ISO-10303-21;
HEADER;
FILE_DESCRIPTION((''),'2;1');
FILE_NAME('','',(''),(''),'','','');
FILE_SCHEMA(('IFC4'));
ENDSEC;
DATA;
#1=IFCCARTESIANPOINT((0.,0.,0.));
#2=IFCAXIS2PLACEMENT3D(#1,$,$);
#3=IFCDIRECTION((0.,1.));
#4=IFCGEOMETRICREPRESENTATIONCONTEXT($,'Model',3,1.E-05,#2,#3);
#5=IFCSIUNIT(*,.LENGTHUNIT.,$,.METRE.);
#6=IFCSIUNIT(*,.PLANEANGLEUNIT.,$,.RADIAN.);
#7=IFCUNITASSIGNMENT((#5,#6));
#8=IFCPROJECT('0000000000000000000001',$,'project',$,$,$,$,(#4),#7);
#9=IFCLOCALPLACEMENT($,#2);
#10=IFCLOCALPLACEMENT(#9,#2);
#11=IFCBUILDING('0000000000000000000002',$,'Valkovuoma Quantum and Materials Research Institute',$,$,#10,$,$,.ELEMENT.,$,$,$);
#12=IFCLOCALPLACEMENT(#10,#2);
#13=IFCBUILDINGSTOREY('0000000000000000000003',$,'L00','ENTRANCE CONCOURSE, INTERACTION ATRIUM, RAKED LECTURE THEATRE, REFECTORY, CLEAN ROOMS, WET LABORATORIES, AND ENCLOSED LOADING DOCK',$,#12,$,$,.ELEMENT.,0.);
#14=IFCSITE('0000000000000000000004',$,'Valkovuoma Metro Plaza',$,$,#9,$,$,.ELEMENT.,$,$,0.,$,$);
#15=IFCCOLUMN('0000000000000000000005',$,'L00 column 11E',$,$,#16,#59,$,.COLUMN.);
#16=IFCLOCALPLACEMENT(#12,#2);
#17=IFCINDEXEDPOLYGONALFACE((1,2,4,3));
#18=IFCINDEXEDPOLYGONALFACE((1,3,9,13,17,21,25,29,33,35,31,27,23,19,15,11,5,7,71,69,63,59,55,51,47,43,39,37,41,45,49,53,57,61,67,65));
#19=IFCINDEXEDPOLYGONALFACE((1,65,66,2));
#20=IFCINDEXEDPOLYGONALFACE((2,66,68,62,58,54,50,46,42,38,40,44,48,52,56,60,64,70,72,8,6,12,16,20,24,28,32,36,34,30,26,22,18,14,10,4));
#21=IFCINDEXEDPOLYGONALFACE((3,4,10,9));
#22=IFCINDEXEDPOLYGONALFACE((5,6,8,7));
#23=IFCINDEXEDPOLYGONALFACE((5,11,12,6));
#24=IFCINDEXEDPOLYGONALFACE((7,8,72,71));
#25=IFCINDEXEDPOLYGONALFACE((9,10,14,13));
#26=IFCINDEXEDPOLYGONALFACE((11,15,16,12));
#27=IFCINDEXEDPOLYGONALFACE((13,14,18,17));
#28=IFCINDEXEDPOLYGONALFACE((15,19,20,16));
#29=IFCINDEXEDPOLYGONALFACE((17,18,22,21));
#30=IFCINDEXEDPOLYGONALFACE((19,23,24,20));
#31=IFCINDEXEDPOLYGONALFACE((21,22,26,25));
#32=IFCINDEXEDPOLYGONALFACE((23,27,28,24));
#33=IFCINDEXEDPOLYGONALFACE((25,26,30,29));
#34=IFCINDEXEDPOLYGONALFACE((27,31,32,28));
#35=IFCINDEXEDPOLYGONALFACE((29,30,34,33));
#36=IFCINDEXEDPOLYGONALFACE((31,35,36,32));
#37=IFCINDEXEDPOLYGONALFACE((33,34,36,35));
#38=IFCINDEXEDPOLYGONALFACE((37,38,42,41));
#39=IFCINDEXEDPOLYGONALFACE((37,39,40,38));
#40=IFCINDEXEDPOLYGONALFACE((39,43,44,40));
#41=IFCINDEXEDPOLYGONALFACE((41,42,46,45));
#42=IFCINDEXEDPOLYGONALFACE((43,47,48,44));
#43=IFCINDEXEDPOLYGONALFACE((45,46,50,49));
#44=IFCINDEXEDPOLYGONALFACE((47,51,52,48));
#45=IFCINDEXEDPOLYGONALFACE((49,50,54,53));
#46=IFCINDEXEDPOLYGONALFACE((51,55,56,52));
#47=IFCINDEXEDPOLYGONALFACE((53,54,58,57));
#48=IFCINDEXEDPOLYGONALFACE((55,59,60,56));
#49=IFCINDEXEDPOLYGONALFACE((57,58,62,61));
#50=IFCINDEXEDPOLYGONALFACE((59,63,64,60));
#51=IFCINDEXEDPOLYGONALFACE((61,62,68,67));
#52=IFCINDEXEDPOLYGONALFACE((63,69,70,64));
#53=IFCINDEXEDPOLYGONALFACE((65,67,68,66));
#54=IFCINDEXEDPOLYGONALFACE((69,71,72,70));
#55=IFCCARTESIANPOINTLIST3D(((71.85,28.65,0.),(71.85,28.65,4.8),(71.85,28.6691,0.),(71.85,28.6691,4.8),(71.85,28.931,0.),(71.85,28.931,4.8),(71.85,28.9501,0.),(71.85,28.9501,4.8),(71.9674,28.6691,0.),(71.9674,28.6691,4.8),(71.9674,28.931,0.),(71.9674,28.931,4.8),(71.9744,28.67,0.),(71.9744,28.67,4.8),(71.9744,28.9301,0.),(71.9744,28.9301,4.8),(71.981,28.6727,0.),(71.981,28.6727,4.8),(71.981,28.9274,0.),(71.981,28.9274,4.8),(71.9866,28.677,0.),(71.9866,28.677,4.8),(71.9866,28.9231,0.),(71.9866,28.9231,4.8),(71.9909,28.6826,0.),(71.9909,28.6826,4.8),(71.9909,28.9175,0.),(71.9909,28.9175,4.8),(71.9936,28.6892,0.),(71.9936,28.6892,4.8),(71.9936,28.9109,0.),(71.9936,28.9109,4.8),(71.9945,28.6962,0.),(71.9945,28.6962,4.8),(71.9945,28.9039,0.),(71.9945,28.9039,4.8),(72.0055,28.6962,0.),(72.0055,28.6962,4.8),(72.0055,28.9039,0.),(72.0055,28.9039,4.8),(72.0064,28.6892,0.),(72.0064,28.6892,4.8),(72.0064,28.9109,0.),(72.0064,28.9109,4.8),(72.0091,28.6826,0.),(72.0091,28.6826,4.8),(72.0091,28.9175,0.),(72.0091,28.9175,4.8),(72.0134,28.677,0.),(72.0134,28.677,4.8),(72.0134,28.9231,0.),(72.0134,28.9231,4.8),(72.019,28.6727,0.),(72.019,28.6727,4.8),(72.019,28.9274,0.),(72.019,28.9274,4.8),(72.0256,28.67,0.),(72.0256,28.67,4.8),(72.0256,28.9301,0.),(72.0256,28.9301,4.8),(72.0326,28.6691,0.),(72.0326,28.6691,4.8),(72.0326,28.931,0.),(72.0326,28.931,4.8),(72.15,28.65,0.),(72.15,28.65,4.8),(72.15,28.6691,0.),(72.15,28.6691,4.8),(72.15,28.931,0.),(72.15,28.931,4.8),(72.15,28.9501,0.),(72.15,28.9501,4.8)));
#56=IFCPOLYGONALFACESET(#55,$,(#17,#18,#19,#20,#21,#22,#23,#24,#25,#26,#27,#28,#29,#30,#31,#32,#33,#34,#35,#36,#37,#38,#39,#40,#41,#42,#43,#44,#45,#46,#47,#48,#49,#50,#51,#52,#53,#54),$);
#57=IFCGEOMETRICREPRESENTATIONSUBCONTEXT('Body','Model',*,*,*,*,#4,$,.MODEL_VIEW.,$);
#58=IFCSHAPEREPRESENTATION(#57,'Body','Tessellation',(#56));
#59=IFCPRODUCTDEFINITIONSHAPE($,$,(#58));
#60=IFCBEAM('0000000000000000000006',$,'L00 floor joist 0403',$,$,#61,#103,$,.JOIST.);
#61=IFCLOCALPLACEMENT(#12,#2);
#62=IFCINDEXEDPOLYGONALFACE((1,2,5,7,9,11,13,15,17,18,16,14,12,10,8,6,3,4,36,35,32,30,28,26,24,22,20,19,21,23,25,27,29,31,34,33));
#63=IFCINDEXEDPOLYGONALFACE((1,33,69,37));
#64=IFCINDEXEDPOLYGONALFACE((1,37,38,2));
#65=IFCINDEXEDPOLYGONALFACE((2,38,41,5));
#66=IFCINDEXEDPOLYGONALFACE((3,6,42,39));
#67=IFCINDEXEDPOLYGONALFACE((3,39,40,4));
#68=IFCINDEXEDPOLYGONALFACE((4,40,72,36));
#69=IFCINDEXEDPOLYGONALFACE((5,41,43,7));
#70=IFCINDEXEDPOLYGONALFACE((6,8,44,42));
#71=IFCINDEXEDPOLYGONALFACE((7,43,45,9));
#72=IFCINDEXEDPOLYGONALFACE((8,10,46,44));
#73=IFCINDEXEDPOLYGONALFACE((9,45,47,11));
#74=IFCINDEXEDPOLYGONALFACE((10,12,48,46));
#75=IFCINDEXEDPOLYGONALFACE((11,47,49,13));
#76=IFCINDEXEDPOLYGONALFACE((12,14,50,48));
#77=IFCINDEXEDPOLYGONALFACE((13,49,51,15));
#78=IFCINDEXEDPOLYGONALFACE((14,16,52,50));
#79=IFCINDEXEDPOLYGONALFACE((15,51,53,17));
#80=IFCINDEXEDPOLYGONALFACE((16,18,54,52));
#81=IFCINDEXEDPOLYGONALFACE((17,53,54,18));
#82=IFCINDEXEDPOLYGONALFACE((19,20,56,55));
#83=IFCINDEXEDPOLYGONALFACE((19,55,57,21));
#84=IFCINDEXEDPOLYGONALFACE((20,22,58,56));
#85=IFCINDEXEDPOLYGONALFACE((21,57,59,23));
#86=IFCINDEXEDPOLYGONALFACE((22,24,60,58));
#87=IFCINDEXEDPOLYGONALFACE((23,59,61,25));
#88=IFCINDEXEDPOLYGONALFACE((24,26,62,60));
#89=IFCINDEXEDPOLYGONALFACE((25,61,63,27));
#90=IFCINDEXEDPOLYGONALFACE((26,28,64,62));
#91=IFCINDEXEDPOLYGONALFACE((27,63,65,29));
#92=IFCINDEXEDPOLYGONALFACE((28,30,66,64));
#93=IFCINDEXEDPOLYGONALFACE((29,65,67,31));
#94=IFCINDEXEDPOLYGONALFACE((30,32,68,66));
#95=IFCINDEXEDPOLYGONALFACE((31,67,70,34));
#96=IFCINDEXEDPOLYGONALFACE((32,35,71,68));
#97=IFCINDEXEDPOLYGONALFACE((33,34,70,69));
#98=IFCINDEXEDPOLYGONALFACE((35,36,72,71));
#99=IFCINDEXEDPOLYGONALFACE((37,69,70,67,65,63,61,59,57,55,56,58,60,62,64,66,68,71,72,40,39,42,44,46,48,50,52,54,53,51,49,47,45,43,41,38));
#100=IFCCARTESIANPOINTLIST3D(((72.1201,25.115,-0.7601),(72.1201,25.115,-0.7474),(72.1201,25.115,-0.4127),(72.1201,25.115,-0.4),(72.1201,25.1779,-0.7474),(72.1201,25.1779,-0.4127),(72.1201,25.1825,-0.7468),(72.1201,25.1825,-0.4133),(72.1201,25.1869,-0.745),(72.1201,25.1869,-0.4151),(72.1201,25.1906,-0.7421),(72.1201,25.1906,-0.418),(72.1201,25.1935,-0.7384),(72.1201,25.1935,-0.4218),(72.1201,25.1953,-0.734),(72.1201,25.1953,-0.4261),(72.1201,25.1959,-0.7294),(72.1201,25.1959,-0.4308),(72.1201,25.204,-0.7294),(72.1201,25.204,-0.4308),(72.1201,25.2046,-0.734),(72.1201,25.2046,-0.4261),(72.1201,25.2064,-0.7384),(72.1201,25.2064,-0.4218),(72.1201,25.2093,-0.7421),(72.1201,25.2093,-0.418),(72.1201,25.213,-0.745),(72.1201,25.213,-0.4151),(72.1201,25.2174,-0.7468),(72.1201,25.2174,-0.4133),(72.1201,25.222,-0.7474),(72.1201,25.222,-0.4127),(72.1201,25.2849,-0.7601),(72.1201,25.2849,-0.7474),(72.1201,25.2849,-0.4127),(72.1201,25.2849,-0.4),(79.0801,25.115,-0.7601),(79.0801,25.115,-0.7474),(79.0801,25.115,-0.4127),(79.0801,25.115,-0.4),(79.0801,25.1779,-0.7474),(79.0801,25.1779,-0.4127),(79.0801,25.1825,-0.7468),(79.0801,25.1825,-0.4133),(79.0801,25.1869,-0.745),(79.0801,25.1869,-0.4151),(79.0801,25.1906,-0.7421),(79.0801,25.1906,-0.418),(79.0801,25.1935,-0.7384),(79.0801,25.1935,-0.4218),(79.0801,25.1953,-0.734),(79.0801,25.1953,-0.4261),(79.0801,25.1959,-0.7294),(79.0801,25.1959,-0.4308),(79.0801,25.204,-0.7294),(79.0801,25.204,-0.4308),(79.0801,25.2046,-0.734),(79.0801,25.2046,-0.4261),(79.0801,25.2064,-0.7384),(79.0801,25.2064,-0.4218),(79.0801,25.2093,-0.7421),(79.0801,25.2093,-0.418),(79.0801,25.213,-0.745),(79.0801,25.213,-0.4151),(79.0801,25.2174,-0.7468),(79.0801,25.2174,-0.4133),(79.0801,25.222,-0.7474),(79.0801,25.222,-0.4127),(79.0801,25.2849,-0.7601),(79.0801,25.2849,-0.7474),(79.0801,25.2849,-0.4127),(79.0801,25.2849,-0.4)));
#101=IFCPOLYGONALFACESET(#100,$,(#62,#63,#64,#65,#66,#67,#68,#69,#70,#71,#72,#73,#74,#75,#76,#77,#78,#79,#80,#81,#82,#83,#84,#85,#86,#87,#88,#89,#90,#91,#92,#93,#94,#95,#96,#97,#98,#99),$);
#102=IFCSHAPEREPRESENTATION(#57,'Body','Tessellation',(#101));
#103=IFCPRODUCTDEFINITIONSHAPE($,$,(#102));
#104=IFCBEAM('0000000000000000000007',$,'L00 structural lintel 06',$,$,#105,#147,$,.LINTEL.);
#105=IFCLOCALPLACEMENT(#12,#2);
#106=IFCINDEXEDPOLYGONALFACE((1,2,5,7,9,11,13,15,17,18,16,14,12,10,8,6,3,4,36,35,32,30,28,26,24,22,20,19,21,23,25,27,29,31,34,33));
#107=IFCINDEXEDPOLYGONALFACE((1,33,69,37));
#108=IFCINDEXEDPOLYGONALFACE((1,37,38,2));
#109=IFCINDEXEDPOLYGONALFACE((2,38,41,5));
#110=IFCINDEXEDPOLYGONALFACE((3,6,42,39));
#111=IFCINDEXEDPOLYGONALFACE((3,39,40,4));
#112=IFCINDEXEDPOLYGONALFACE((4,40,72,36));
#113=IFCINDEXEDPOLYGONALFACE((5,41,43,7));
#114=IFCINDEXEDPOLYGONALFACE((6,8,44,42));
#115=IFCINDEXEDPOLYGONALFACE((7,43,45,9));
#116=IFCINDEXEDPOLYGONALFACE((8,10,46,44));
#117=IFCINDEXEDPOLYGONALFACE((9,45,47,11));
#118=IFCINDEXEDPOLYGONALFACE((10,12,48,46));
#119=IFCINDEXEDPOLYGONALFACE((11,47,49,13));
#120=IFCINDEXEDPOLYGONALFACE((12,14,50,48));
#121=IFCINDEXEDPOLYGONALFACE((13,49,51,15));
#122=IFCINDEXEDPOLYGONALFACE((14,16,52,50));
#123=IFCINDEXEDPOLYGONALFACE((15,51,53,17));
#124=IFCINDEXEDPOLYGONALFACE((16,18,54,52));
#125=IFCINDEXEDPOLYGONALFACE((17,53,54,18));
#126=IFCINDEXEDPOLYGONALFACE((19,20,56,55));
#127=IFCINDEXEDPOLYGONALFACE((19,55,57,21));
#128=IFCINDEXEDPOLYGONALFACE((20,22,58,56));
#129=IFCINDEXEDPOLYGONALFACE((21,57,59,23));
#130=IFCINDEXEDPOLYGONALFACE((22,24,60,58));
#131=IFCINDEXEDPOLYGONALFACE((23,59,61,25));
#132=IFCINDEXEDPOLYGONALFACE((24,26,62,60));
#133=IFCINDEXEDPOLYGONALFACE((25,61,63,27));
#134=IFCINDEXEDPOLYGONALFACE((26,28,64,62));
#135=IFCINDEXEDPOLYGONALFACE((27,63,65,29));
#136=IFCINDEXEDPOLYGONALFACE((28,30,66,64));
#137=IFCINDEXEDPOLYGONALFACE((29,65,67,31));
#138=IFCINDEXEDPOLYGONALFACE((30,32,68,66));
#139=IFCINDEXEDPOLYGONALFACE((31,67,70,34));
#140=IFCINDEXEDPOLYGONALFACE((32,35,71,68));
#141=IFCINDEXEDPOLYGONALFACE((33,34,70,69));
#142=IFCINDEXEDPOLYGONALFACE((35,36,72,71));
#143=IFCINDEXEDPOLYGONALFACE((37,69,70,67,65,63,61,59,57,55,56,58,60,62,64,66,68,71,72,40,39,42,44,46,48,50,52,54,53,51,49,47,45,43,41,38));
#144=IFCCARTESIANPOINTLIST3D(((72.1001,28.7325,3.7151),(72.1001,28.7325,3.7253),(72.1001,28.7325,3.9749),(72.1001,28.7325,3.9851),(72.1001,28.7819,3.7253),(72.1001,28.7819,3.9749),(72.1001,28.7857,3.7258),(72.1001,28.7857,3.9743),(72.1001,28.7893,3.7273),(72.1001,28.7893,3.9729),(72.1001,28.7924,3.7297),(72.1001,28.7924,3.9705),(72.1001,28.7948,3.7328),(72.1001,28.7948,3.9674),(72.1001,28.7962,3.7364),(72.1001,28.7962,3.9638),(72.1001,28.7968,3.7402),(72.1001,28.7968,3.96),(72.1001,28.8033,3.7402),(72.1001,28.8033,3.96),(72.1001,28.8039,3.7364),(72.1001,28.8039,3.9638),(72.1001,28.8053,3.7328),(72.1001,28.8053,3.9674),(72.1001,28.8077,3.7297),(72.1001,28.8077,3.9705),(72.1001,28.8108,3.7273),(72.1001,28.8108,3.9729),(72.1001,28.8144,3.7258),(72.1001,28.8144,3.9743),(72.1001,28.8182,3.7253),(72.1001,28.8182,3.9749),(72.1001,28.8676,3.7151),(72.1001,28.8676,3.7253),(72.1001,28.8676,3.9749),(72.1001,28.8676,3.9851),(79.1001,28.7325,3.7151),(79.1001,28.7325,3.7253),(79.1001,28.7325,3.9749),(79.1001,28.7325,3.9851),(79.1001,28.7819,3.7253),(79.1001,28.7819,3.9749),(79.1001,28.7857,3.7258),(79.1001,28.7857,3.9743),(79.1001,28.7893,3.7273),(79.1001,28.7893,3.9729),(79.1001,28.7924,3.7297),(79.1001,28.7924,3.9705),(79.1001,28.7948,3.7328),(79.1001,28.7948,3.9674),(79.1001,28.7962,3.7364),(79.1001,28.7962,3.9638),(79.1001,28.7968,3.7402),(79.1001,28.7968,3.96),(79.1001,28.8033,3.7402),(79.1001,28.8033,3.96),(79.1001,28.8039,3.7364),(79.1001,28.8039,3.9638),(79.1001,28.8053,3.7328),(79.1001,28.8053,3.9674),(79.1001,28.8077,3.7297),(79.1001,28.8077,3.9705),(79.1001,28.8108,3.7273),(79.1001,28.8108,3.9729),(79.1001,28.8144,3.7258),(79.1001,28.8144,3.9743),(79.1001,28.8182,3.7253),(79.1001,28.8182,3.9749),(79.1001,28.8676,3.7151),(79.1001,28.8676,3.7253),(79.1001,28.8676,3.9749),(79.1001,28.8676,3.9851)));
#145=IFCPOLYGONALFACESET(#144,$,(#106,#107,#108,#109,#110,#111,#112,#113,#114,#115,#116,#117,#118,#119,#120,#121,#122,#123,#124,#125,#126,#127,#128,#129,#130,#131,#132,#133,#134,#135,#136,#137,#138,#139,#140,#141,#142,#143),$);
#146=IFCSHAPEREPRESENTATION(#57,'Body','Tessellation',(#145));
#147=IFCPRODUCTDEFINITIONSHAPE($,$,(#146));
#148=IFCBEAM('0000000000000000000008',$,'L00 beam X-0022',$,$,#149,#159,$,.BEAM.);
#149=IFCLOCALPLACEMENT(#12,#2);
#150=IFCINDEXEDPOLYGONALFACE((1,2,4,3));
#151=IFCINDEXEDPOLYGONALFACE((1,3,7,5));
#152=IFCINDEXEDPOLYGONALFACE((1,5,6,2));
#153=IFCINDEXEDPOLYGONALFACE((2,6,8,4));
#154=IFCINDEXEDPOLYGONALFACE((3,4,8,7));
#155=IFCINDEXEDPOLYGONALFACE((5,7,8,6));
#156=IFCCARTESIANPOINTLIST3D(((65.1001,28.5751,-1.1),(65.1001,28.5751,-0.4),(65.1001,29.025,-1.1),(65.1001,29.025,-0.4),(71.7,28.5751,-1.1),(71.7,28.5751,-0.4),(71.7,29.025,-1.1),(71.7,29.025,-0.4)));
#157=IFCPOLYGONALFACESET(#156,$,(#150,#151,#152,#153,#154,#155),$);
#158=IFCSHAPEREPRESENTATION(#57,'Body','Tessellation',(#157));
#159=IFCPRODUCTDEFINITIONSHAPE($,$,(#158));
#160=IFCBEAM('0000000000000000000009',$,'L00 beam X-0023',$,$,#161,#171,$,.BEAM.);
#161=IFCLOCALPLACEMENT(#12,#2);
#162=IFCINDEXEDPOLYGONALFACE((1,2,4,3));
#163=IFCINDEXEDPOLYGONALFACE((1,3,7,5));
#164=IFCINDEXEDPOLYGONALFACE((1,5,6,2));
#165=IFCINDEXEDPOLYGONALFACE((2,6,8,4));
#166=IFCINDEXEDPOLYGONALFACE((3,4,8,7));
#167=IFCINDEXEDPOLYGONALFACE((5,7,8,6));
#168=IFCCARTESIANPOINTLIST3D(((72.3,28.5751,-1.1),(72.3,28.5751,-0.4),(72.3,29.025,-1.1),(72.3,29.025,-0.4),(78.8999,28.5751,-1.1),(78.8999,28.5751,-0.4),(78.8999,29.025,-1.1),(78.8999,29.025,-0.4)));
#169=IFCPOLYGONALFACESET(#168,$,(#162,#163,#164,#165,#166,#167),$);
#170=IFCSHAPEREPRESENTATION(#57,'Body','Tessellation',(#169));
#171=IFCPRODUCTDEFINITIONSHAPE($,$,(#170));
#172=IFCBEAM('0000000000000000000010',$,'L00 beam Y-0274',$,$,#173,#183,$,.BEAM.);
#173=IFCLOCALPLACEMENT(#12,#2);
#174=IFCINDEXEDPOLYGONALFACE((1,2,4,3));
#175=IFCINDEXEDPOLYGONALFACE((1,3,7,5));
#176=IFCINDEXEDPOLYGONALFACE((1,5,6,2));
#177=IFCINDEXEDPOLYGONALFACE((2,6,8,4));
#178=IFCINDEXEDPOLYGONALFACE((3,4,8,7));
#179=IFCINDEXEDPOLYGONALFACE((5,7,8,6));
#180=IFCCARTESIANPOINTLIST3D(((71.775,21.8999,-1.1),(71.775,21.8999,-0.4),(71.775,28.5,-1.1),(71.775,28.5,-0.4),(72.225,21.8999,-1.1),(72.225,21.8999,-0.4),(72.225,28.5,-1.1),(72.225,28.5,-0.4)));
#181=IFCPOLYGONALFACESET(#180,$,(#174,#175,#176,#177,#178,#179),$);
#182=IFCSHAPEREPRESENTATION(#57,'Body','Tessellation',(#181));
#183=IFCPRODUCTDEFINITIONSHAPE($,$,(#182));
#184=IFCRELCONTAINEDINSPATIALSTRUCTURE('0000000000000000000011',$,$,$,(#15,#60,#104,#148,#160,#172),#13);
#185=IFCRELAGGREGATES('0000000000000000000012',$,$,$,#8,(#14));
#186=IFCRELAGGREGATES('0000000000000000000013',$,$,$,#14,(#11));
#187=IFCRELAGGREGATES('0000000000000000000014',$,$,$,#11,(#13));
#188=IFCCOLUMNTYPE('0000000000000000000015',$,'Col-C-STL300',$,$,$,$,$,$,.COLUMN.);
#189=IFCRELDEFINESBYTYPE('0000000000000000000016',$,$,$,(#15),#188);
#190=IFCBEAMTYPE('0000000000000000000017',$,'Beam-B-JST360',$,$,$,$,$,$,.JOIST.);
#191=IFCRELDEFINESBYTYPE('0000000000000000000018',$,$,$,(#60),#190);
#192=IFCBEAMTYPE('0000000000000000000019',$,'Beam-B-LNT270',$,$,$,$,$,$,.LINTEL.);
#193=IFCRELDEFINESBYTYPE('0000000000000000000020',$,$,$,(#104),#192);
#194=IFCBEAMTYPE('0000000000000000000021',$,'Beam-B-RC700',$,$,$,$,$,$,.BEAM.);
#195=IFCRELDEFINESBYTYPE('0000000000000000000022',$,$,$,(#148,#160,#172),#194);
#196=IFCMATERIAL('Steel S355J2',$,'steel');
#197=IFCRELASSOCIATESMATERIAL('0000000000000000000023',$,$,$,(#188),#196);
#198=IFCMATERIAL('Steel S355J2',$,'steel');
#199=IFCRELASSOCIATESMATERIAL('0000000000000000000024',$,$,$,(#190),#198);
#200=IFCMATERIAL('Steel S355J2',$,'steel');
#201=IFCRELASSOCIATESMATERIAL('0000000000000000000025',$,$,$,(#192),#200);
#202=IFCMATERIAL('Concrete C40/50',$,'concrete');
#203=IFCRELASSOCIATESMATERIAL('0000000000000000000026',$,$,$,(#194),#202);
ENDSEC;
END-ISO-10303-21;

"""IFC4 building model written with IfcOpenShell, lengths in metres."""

from ifc_helpers import new_model, si_unit, direction, frame, origin, origin_2d, place, context, subcontext, project, spatial, rectangle, i_section, extrude, material, material_profile, profile_set, type_object, element, save


model = new_model("IFC4")

# Units and contexts
model_context = context("Model", 3, precision=1e-05, world=origin(), true_north=direction((0.0, 1.0)))
body_context = subcontext(model_context, "Body", "Model", "MODEL_VIEW")
ifc_project = project(units=[si_unit("LENGTHUNIT", "METRE"), si_unit("PLANEANGLEUNIT", "RADIAN")], contexts=[model_context])

# Site, building, storey
site_placement = place(None, origin())
site = spatial("IfcSite", under=ifc_project, at=site_placement, Name="Valkovuoma Metro Plaza", CompositionType="ELEMENT", RefElevation=0.0)
building_placement = place(site_placement, origin())
building = spatial("IfcBuilding", under=site, at=building_placement, Name="Valkovuoma Quantum and Materials Research Institute", CompositionType="ELEMENT")
storey_placement = place(building_placement, origin())
storey = spatial("IfcBuildingStorey", under=building, at=storey_placement, Name="L00", Description="ENTRANCE CONCOURSE, INTERACTION ATRIUM, RAKED LECTURE THEATRE, REFECTORY, CLEAN ROOMS, WET LABORATORIES, AND ENCLOSED LOADING DOCK", CompositionType="ELEMENT", Elevation=0.0)

# Column
ifc_material_1 = material(Name="Steel S355J2", Category="steel")
ifc_material_profile_1 = material_profile(ifc_material_1, i_section(OverallWidth=0.3, OverallDepth=0.3, WebThickness=0.011, FlangeThickness=0.019, FilletRadius=0.0271, at=origin_2d()), Name="Steel S355J2")
ifc_profile_set_1 = profile_set([ifc_material_profile_1], Name="Steel S355J2")
column_type = type_object("IfcColumnType", Name="Col-C-STL300", PredefinedType="COLUMN", material=ifc_profile_set_1)
column_placement = place(storey_placement, frame((72.0, 28.8, 0.0), z_axis=(0.0, 0.0, 1.0), x_axis=(1.0, 0.0, 0.0)))
element("IfcColumn", 1, at=column_placement, inside=storey, type_object=column_type, Name="L00 column 11E", PredefinedType="COLUMN", context=body_context, shape_type="SweptSolid", body=[
    extrude(i_section(OverallWidth=0.3, OverallDepth=0.3, WebThickness=0.011, FlangeThickness=0.019, FilletRadius=0.0271, at=origin_2d()), origin(), (0.0, 0.0, 1.0), 4.8),
])

# Beams
ifc_material_2 = material(Name="Steel S355J2", Category="steel")
ifc_material_profile_2 = material_profile(ifc_material_2, i_section(OverallWidth=0.1699, OverallDepth=0.3601, WebThickness=0.0081, FlangeThickness=0.0127, FilletRadius=0.0181, at=origin_2d()), Name="Steel S355J2")
ifc_profile_set_2 = profile_set([ifc_material_profile_2], Name="Steel S355J2")
beam_type_1 = type_object("IfcBeamType", Name="Beam-B-JST360", PredefinedType="JOIST", material=ifc_profile_set_2)
beam_1_placement = place(storey_placement, frame((72.1201, 25.2, -0.5801), z_axis=(1.0, 0.0, 0.0), x_axis=(0.0, 1.0, 0.0)))
element("IfcBeam", 2, at=beam_1_placement, inside=storey, type_object=beam_type_1, Name="L00 floor joist 0403", PredefinedType="JOIST", context=body_context, shape_type="SweptSolid", body=[
    extrude(i_section(OverallWidth=0.1699, OverallDepth=0.3601, WebThickness=0.0081, FlangeThickness=0.0127, FilletRadius=0.0181, at=origin_2d()), origin(), (0.0, 0.0, 1.0), 6.96),
])
ifc_material_3 = material(Name="Steel S355J2", Category="steel")
ifc_material_profile_3 = material_profile(ifc_material_3, i_section(OverallWidth=0.135, OverallDepth=0.27, WebThickness=0.0066, FlangeThickness=0.0103, FilletRadius=0.0149, at=origin_2d()), Name="Steel S355J2")
ifc_profile_set_3 = profile_set([ifc_material_profile_3], Name="Steel S355J2")
beam_type_2 = type_object("IfcBeamType", Name="Beam-B-LNT270", PredefinedType="LINTEL", material=ifc_profile_set_3)
beam_2_placement = place(storey_placement, frame((72.1001, 28.8, 3.8501), z_axis=(1.0, 0.0, 0.0), x_axis=(0.0, 1.0, 0.0)))
element("IfcBeam", 3, at=beam_2_placement, inside=storey, type_object=beam_type_2, Name="L00 structural lintel 06", PredefinedType="LINTEL", context=body_context, shape_type="SweptSolid", body=[
    extrude(i_section(OverallWidth=0.135, OverallDepth=0.27, WebThickness=0.0066, FlangeThickness=0.0103, FilletRadius=0.0149, at=origin_2d()), origin(), (0.0, 0.0, 1.0), 7.0),
])
ifc_material_4 = material(Name="Concrete C40/50", Category="concrete")
ifc_material_profile_4 = material_profile(ifc_material_4, rectangle(XDim=0.45, YDim=0.7, at=origin_2d()), Name="Concrete C40/50")
ifc_profile_set_4 = profile_set([ifc_material_profile_4], Name="Concrete C40/50")
beam_type_3 = type_object("IfcBeamType", Name="Beam-B-RC700", PredefinedType="BEAM", material=ifc_profile_set_4)
for number, where, z_axis, x_axis, name in (
    (4, (65.1001, 28.8, -0.75), (1.0, 0.0, 0.0), (0.0, 1.0, 0.0), "L00 beam X-0022"),
    (5, (72.3, 28.8, -0.75), (1.0, 0.0, 0.0), (0.0, 1.0, 0.0), "L00 beam X-0023"),
):
    element("IfcBeam", number, at=place(storey_placement, frame(where, z_axis=z_axis, x_axis=x_axis)), inside=storey, type_object=beam_type_3, Name=name, PredefinedType="BEAM", context=body_context, shape_type="SweptSolid", body=[
        extrude(rectangle(XDim=0.45, YDim=0.7, at=origin_2d()), origin(), (0.0, 0.0, 1.0), 6.5999),
    ])
beam_3_placement = place(storey_placement, frame((72.0, 21.8999, -0.75), z_axis=(0.0, 1.0, 0.0), x_axis=(-1.0, 0.0, 0.0)))
element("IfcBeam", 6, at=beam_3_placement, inside=storey, type_object=beam_type_3, Name="L00 beam Y-0274", PredefinedType="BEAM", context=body_context, shape_type="SweptSolid", body=[
    extrude(rectangle(XDim=0.45, YDim=0.7, at=origin_2d()), origin(), (0.0, 0.0, 1.0), 6.6001),
])

save(model, "model.ifc")
